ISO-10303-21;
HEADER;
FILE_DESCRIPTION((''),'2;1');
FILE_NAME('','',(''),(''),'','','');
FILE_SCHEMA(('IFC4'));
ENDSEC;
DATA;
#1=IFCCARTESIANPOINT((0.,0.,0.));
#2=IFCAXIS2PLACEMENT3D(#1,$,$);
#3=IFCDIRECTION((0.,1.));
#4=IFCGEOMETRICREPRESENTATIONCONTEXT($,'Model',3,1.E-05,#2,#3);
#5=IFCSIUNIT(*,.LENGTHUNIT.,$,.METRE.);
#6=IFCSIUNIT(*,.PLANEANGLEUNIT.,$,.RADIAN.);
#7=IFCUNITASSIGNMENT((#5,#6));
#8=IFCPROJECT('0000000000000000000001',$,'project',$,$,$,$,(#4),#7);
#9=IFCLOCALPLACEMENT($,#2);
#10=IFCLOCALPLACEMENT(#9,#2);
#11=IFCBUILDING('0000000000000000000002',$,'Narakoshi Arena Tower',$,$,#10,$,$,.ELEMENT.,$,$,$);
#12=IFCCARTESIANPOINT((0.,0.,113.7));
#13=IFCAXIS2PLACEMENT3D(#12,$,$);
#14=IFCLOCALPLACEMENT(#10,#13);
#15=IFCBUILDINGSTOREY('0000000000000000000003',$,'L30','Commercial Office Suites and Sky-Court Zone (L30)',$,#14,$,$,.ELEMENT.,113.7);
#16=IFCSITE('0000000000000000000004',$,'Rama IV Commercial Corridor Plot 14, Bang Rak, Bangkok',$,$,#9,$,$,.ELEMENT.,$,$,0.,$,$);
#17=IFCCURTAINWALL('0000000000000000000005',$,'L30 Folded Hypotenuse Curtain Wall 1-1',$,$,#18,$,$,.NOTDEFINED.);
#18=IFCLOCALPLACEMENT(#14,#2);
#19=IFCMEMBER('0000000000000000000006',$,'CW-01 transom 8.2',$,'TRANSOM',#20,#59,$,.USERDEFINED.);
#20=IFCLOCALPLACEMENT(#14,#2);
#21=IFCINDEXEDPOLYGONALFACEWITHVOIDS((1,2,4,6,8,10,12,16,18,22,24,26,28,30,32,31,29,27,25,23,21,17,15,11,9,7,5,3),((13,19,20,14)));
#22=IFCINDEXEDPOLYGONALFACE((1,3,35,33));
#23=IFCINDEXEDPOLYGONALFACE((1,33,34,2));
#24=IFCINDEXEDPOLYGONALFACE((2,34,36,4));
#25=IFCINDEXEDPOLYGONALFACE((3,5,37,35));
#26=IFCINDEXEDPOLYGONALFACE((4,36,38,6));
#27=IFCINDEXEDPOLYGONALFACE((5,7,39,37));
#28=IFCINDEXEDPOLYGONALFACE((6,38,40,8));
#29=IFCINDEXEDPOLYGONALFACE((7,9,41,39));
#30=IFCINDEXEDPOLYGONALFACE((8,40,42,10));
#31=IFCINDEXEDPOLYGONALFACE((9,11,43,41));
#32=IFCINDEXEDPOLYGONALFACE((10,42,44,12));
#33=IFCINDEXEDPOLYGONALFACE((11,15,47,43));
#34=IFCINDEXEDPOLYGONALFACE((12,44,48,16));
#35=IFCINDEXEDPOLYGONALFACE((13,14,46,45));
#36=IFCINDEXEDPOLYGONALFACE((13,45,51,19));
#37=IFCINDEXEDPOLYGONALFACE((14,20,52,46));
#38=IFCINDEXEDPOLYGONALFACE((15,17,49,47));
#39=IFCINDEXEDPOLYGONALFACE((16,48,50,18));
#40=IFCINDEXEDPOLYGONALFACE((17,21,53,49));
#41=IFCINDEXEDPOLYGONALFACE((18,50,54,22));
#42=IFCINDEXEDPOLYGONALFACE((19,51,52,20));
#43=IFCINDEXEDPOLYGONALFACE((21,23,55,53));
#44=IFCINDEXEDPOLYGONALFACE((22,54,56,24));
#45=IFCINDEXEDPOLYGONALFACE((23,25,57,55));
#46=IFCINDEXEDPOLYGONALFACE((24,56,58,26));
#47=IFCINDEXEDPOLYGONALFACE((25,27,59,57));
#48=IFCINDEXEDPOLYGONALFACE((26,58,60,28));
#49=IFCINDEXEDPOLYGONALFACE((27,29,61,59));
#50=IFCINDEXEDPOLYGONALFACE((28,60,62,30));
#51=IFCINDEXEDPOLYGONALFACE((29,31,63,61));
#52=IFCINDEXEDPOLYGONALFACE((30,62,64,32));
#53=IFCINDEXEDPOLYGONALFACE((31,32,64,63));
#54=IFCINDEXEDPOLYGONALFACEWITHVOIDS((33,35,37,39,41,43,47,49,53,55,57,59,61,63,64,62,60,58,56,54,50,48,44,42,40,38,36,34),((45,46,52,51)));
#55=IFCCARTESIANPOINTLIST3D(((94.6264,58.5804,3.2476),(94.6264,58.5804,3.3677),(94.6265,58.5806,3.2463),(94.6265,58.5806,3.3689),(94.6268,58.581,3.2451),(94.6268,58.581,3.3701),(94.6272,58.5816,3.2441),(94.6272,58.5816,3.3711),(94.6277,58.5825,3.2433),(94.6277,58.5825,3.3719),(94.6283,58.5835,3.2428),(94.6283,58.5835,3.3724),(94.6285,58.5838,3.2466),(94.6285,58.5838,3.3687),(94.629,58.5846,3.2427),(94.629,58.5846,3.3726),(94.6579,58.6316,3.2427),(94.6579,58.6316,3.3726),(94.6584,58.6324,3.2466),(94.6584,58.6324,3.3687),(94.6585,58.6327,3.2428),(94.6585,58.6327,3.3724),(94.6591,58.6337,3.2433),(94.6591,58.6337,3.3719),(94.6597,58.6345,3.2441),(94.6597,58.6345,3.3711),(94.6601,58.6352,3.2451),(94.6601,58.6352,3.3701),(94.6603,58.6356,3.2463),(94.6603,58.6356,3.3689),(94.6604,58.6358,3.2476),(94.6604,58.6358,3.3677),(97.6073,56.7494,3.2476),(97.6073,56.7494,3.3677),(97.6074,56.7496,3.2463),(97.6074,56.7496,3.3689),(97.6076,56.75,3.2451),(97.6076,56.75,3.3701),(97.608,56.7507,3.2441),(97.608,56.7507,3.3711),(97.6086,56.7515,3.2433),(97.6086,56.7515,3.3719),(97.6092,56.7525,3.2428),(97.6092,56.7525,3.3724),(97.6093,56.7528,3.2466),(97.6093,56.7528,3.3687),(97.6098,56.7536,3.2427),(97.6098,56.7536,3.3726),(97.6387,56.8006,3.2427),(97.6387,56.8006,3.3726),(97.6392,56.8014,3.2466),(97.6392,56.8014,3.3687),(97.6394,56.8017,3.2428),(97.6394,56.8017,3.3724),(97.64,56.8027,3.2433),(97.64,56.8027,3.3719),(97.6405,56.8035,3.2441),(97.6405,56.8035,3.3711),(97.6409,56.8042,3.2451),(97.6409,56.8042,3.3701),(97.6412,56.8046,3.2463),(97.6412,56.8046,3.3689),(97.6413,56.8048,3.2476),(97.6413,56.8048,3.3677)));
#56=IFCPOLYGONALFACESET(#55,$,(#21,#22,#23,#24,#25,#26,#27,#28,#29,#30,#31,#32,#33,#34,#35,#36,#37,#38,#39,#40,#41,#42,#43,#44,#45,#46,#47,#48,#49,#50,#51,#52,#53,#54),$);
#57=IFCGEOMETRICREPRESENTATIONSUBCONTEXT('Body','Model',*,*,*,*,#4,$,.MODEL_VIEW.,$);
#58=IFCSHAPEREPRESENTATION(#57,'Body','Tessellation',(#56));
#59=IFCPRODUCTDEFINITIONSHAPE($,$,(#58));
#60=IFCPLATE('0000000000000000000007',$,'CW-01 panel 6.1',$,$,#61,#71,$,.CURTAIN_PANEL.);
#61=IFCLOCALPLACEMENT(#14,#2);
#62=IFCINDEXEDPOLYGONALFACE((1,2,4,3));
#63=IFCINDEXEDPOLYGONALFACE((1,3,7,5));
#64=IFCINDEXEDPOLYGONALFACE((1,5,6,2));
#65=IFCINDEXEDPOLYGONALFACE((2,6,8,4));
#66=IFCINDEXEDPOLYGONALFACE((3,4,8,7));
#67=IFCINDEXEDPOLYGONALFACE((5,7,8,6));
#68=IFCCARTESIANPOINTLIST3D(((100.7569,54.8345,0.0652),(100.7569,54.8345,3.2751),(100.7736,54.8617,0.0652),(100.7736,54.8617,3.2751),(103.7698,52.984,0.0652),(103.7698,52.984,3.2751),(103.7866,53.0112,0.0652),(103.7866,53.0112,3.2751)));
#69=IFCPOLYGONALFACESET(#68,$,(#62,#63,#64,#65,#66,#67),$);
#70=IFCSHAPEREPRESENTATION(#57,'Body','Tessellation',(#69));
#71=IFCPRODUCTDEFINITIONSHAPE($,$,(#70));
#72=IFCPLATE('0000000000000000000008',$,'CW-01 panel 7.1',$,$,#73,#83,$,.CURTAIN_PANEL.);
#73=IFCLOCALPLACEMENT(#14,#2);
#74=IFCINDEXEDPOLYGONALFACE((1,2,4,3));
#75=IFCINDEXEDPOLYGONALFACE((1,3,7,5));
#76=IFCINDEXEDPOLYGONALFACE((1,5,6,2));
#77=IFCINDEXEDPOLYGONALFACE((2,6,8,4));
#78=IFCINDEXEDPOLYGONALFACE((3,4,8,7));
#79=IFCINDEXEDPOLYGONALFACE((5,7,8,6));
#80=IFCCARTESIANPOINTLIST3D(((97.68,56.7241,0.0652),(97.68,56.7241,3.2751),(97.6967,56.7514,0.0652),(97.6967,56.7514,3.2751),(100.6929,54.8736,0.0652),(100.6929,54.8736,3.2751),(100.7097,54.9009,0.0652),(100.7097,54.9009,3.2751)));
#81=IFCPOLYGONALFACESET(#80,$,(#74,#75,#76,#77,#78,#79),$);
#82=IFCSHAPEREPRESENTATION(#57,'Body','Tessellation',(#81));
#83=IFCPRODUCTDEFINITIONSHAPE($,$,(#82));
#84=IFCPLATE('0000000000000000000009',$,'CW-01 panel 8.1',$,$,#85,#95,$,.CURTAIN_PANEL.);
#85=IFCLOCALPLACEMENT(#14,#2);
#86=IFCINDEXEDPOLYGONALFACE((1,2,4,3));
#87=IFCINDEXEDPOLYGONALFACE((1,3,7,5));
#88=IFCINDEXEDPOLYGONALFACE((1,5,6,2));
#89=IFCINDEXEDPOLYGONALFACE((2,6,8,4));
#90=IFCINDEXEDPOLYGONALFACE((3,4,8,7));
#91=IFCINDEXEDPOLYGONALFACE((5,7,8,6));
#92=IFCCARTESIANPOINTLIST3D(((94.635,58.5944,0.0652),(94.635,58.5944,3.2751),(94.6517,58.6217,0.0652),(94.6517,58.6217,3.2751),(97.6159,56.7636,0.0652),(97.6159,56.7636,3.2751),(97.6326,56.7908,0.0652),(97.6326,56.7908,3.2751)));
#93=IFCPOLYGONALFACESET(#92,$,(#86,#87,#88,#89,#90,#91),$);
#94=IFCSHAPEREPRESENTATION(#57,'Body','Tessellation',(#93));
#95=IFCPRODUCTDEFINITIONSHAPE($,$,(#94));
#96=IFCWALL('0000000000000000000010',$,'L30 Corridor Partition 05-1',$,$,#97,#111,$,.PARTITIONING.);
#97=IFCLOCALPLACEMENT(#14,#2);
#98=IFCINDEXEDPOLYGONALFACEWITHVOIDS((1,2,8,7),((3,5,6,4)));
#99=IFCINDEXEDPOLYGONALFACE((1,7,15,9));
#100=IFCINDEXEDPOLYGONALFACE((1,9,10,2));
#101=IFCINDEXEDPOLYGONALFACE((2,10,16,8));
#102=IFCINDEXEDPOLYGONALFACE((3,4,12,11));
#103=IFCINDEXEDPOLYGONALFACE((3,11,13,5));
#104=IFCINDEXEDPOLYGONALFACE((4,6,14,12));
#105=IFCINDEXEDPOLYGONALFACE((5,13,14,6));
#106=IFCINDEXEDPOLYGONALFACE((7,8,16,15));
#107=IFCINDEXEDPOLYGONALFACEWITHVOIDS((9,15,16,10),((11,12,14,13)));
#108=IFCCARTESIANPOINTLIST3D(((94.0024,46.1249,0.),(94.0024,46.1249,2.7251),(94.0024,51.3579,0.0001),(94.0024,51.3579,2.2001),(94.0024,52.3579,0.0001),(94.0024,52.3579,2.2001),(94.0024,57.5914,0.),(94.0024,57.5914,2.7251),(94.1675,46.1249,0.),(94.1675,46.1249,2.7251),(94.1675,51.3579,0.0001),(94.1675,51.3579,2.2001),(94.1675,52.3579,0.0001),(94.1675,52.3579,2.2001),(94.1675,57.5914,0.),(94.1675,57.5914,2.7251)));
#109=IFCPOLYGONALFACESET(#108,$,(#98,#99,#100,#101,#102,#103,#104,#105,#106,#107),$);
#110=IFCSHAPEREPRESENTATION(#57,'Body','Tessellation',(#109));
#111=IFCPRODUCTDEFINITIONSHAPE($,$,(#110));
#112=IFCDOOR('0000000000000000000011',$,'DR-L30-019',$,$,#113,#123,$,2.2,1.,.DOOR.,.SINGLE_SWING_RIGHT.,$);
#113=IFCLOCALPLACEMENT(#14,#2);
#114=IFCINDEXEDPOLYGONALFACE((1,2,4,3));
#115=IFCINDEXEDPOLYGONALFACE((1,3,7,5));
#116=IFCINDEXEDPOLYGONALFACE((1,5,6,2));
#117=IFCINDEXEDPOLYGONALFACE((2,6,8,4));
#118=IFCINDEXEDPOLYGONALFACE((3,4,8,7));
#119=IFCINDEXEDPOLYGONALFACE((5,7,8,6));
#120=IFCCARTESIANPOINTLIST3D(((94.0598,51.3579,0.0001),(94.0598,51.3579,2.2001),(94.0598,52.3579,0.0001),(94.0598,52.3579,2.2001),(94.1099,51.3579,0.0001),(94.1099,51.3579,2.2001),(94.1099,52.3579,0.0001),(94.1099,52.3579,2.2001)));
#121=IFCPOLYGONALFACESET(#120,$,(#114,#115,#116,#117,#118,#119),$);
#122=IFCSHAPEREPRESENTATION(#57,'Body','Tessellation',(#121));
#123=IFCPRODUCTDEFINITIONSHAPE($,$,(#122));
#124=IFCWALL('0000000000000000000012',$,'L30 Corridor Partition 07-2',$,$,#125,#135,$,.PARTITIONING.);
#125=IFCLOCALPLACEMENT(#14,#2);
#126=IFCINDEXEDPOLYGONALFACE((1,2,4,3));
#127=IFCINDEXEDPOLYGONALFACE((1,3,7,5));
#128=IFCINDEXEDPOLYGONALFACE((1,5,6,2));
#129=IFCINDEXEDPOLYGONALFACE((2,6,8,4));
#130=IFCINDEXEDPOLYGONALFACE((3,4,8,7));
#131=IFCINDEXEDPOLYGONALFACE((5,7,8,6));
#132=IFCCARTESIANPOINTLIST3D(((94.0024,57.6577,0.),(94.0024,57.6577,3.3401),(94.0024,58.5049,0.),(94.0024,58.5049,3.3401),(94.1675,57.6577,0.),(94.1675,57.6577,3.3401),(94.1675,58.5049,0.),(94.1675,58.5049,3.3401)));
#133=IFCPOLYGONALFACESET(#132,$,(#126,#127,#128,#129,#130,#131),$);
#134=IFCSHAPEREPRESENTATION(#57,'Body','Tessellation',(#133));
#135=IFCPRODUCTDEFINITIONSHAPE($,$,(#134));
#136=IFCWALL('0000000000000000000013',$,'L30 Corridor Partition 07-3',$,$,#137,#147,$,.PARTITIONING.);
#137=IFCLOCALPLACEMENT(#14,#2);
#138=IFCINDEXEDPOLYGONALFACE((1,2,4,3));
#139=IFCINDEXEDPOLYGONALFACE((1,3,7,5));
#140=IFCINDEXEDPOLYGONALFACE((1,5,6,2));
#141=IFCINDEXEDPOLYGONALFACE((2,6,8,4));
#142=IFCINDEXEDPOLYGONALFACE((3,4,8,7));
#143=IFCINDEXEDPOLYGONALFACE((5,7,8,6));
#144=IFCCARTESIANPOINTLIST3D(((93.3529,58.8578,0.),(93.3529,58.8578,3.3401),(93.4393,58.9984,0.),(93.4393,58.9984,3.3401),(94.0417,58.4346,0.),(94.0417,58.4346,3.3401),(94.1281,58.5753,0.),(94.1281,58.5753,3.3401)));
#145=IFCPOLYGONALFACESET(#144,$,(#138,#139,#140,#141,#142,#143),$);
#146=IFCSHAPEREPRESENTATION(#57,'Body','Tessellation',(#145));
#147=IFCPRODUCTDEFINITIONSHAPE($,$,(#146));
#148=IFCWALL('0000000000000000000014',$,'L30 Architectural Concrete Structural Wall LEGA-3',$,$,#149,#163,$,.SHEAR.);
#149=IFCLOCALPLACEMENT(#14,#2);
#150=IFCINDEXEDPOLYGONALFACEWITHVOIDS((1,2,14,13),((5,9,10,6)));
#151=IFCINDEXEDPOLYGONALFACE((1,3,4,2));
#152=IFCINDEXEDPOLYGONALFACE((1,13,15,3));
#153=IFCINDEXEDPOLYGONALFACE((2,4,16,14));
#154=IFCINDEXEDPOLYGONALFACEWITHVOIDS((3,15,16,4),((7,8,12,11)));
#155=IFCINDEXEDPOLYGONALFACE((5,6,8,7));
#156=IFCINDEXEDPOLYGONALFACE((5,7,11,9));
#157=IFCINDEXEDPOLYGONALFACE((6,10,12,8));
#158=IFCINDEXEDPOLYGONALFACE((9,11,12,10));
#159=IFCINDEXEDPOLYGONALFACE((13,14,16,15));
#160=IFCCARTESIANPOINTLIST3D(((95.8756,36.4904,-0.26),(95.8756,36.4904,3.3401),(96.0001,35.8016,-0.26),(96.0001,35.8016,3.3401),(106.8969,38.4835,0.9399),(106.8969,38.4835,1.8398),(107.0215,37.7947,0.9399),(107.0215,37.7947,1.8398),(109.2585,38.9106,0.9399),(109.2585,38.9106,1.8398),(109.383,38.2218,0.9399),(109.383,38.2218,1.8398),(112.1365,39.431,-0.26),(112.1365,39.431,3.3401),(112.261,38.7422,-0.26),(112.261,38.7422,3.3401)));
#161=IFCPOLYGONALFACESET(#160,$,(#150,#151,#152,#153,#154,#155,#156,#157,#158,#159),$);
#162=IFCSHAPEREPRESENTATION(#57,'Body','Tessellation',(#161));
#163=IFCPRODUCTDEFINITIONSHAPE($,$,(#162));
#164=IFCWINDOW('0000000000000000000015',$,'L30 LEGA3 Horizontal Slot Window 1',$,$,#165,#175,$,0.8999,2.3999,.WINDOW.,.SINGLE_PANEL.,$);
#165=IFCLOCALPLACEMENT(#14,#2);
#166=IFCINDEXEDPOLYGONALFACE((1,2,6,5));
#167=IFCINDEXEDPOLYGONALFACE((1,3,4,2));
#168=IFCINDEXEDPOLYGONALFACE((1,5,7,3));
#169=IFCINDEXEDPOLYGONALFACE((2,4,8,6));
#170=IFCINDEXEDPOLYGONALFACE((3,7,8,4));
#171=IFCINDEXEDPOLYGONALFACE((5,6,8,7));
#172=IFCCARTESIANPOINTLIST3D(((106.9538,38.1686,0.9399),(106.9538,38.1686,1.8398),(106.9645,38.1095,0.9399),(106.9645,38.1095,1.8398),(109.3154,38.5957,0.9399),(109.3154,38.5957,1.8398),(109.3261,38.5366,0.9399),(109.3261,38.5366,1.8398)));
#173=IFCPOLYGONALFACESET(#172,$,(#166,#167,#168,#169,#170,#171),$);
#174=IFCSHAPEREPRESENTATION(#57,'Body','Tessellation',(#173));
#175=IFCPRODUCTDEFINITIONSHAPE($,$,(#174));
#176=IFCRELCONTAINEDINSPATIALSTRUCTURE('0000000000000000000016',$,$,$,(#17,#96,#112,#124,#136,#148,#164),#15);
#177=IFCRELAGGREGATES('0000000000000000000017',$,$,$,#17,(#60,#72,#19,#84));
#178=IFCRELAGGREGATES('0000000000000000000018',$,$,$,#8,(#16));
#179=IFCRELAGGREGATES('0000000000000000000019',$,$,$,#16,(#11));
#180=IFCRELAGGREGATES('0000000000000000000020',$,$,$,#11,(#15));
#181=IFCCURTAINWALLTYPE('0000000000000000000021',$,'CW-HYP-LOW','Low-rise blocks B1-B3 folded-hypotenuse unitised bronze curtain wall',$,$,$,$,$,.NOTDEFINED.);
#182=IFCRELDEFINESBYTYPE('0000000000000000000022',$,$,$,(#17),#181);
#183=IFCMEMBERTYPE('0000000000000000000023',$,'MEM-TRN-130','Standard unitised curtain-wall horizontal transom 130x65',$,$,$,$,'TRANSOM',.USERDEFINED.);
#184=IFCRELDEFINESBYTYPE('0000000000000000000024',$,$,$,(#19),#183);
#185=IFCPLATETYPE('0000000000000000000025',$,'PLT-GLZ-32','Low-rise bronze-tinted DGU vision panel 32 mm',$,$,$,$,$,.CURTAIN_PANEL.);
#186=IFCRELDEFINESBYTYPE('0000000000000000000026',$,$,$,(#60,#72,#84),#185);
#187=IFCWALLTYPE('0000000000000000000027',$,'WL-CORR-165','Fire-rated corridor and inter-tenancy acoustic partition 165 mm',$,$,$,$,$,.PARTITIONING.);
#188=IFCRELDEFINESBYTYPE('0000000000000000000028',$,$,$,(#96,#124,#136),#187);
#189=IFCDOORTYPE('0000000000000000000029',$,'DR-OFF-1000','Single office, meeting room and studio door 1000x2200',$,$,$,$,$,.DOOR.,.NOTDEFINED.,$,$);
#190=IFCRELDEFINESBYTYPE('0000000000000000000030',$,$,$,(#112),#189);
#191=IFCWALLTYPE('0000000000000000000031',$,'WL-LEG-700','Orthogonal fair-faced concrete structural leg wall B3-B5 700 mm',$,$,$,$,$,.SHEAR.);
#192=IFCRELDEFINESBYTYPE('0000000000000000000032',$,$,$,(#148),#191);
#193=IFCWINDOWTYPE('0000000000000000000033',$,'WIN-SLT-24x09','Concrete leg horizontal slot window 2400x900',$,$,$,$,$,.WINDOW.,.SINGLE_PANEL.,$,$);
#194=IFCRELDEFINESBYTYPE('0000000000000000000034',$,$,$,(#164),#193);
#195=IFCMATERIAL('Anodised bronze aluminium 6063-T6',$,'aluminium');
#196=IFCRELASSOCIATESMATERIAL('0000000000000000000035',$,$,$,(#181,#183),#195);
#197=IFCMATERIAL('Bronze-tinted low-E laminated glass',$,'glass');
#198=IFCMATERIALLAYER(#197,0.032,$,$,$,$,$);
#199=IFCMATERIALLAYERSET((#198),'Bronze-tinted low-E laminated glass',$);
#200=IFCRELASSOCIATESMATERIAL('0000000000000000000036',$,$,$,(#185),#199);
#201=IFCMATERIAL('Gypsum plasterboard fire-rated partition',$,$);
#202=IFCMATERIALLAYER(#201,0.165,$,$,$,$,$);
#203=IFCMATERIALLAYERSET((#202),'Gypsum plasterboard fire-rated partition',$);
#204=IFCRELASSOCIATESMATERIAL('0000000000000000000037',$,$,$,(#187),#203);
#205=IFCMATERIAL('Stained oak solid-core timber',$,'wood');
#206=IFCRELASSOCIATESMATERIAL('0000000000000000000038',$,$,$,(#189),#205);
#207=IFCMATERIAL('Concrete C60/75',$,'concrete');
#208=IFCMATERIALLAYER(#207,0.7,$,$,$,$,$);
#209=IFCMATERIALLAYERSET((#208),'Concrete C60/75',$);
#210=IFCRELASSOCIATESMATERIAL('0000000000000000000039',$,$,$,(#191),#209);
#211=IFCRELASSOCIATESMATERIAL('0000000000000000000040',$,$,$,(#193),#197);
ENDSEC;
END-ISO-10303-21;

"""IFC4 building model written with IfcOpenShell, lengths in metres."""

from ifc_helpers import new_model, si_unit, direction, frame, frame_2d, origin, origin_2d, place, context, subcontext, project, spatial, rectangle, hollow_rectangle, extrude, material, layer, layer_set, material_profile, profile_set, type_object, element, fill, aggregate, save


model = new_model("IFC4")

# Units and contexts
model_context = context("Model", 3, precision=1e-05, world=origin(), true_north=direction((0.0, 1.0)))
body_context = subcontext(model_context, "Body", "Model", "MODEL_VIEW")
ifc_project = project(units=[si_unit("LENGTHUNIT", "METRE"), si_unit("PLANEANGLEUNIT", "RADIAN")], contexts=[model_context])

# Site, building, storey
site_placement = place(None, origin())
site = spatial("IfcSite", under=ifc_project, at=site_placement, Name="Rama IV Commercial Corridor Plot 14, Bang Rak, Bangkok", CompositionType="ELEMENT", RefElevation=0.0)
building_placement = place(site_placement, origin())
building = spatial("IfcBuilding", under=site, at=building_placement, Name="Narakoshi Arena Tower", CompositionType="ELEMENT")
storey_placement = place(building_placement, frame((0.0, 0.0, 113.7)))
storey = spatial("IfcBuildingStorey", under=building, at=storey_placement, Name="L30", Description="Commercial Office Suites and Sky-Court Zone (L30)", CompositionType="ELEMENT", Elevation=113.7)

# Shared definitions
ifc_material_1 = material(Name="Concrete C60/75", Category="concrete")

# Curtain wall, member, plates
ifc_material_2 = material(Name="Anodised bronze aluminium 6063-T6", Category="aluminium")
curtain_wall_type = type_object("IfcCurtainWallType", Name="CW-HYP-LOW", Description="Low-rise blocks B1-B3 folded-hypotenuse unitised bronze curtain wall", PredefinedType="NOTDEFINED", material=ifc_material_2)
curtain_wall_placement = place(storey_placement, origin())
curtain_wall = element("IfcCurtainWall", 1, at=curtain_wall_placement, inside=storey, type_object=curtain_wall_type, Name="L30 Folded Hypotenuse Curtain Wall 1-1", PredefinedType="NOTDEFINED")
ifc_material_profile_1 = material_profile(ifc_material_2, hollow_rectangle(XDim=0.0649, YDim=0.1299, WallThickness=0.0039, OuterFilletRadius=0.0049, at=origin_2d()), Name="TRN130x65x4")
ifc_profile_set_1 = profile_set([ifc_material_profile_1], Name="Anodised bronze aluminium 6063-T6")
member_type_1 = type_object("IfcMemberType", Name="MEM-TRN-130", Description="Standard unitised curtain-wall horizontal transom 130x65", ElementType="TRANSOM", PredefinedType="USERDEFINED", material=ifc_profile_set_1)
member_1_placement = place(storey_placement, frame((97.6243, 56.7771, 3.3076), z_axis=(-0.852089, 0.523396, 0.0), x_axis=(-0.523396, -0.852089, 0.0)))
member_1 = element("IfcMember", 2, at=member_1_placement, type_object=member_type_1, Name="CW-01 transom 8.2", ObjectType="TRANSOM", PredefinedType="USERDEFINED", context=body_context, shape_type="SweptSolid", body=[
    extrude(hollow_rectangle(XDim=0.0649, YDim=0.1299, WallThickness=0.0039, OuterFilletRadius=0.0049, at=origin_2d()), origin(), (0.0, 0.0, 1.0), 3.4983),
])
ifc_material_3 = material(Name="Bronze-tinted low-E laminated glass", Category="glass")
ifc_layer_1 = layer(ifc_material_3, 0.032)
ifc_layer_set_1 = layer_set([ifc_layer_1], Name="Bronze-tinted low-E laminated glass")
plate_type = type_object("IfcPlateType", Name="PLT-GLZ-32", Description="Low-rise bronze-tinted DGU vision panel 32 mm", PredefinedType="CURTAIN_PANEL", material=ifc_layer_set_1)
plate_1_placement = place(storey_placement, frame((102.2717, 53.9229, 0.0652), z_axis=(0.0, 0.0, 1.0), x_axis=(-0.852113, 0.523358, 0.0)))
plate_1 = element("IfcPlate", 3, at=plate_1_placement, type_object=plate_type, Name="CW-01 panel 6.1", PredefinedType="CURTAIN_PANEL", context=body_context, shape_type="SweptSolid", body=[
    extrude(rectangle(XDim=3.5359, YDim=0.032, at=origin_2d()), origin(), (0.0, 0.0, 1.0), 3.21),
])
plate_2_placement = place(storey_placement, frame((99.1948, 55.8125, 0.0652), z_axis=(0.0, 0.0, 1.0), x_axis=(-0.852113, 0.523358, 0.0)))
plate_2 = element("IfcPlate", 4, at=plate_2_placement, type_object=plate_type, Name="CW-01 panel 7.1", PredefinedType="CURTAIN_PANEL", context=body_context, shape_type="SweptSolid", body=[
    extrude(rectangle(XDim=3.5359, YDim=0.032, at=origin_2d()), origin(), (0.0, 0.0, 1.0), 3.21),
])
plate_3_placement = place(storey_placement, frame((96.1338, 57.6926, 0.0652), z_axis=(0.0, 0.0, 1.0), x_axis=(-0.852113, 0.523358, 0.0)))
plate_3 = element("IfcPlate", 5, at=plate_3_placement, type_object=plate_type, Name="CW-01 panel 8.1", PredefinedType="CURTAIN_PANEL", context=body_context, shape_type="SweptSolid", body=[
    extrude(rectangle(XDim=3.4983, YDim=0.032, at=origin_2d()), origin(), (0.0, 0.0, 1.0), 3.21),
])
aggregate(curtain_wall, [plate_1, plate_2, member_1, plate_3])

# Wall, opening, door
ifc_material_4 = material(Name="Gypsum plasterboard fire-rated partition")
ifc_layer_2 = layer(ifc_material_4, 0.165)
ifc_layer_set_2 = layer_set([ifc_layer_2], Name="Gypsum plasterboard fire-rated partition")
wall_type_1 = type_object("IfcWallType", Name="WL-CORR-165", Description="Fire-rated corridor and inter-tenancy acoustic partition 165 mm", PredefinedType="PARTITIONING", material=ifc_layer_set_2)
wall_1_placement = place(storey_placement, frame((94.085, 46.1248, 0.0), z_axis=(0.0, 0.0, 1.0), x_axis=(0.0, 1.0, 0.0)))
wall_1 = element("IfcWall", 6, at=wall_1_placement, inside=storey, type_object=wall_type_1, Name="L30 Corridor Partition 05-1", PredefinedType="PARTITIONING", context=body_context, shape_type="SweptSolid", body=[
    extrude(rectangle(XDim=11.4666, YDim=0.165, at=frame_2d((5.7334, 0.0))), origin(), (0.0, 0.0, 1.0), 2.7251),
])
opening_1_placement = place(wall_1_placement, frame((5.2332, 0.0, 0.0)))
opening_1 = element("IfcOpeningElement", 7, at=opening_1_placement, cuts=wall_1, PredefinedType="OPENING", context=body_context, shape_type="SweptSolid", body=[
    extrude(rectangle(XDim=1.0, YDim=2.2, at=frame_2d((0.5, 1.1001))), frame((0.0, 0.0925, 0.0), z_axis=(0.0, -1.0, 0.0), x_axis=(1.0, 0.0, 0.0)), (0.0, 0.0, 1.0), 0.1851),
])
ifc_material_5 = material(Name="Stained oak solid-core timber", Category="wood")
door_type = type_object("IfcDoorType", Name="DR-OFF-1000", Description="Single office, meeting room and studio door 1000x2200", OperationType="NOTDEFINED", PredefinedType="DOOR", material=ifc_material_5)
door_placement = place(opening_1_placement, frame((1.0, 0.0, 0.0), z_axis=(0.0, 0.0, 1.0), x_axis=(-1.0, 0.0, 0.0)))
door = element("IfcDoor", 8, at=door_placement, inside=storey, type_object=door_type, Name="DR-L30-019", OperationType="SINGLE_SWING_RIGHT", OverallHeight=2.2, OverallWidth=1.0, PredefinedType="DOOR", context=body_context, shape_type="SweptSolid", body=[
    extrude(rectangle(XDim=1.0, YDim=2.2, at=frame_2d((0.5, 1.1001))), frame((0.0, 0.0249, 0.0), z_axis=(0.0, -1.0, 0.0), x_axis=(1.0, 0.0, 0.0)), (0.0, 0.0, 1.0), 0.05),
])
fill(opening_1, door)

# Walls
wall_2_placement = place(storey_placement, frame((94.085, 57.6577, 0.0), z_axis=(0.0, 0.0, 1.0), x_axis=(0.0, 1.0, 0.0)))
element("IfcWall", 9, at=wall_2_placement, inside=storey, type_object=wall_type_1, Name="L30 Corridor Partition 07-2", PredefinedType="PARTITIONING", context=body_context, shape_type="SweptSolid", body=[
    extrude(rectangle(XDim=0.8472, YDim=0.165, at=frame_2d((0.4236, 0.0))), origin(), (0.0, 0.0, 1.0), 3.3401),
])
wall_3_placement = place(storey_placement, frame((94.085, 58.5049, 0.0), z_axis=(0.0, 0.0, 1.0), x_axis=(-0.852063, 0.52344, 0.0)))
element("IfcWall", 10, at=wall_3_placement, inside=storey, type_object=wall_type_1, Name="L30 Corridor Partition 07-3", PredefinedType="PARTITIONING", context=body_context, shape_type="SweptSolid", body=[
    extrude(rectangle(XDim=0.8083, YDim=0.165, at=frame_2d((0.4043, 0.0))), origin(), (0.0, 0.0, 1.0), 3.3401),
])

# Wall, opening, window
ifc_layer_3 = layer(ifc_material_1, 0.7)
ifc_layer_set_3 = layer_set([ifc_layer_3], Name="Concrete C60/75")
wall_type_2 = type_object("IfcWallType", Name="WL-LEG-700", Description="Orthogonal fair-faced concrete structural leg wall B3-B5 700 mm", PredefinedType="SHEAR", material=ifc_layer_set_3)
wall_4_placement = place(storey_placement, frame((95.938, 36.146, -0.26), z_axis=(0.0, 0.0, 1.0), x_axis=(0.984038, 0.177956, 0.0)))
wall_4 = element("IfcWall", 11, at=wall_4_placement, inside=storey, type_object=wall_type_2, Name="L30 Architectural Concrete Structural Wall LEGA-3", PredefinedType="SHEAR", context=body_context, shape_type="SweptSolid", body=[
    extrude(rectangle(XDim=16.5247, YDim=0.7, at=frame_2d((8.2622, 0.0))), origin(), (0.0, 0.0, 1.0), 3.6001),
])
opening_2_placement = place(wall_4_placement, frame((11.2, 0.0, 1.2)))
opening_2 = element("IfcOpeningElement", 12, at=opening_2_placement, cuts=wall_4, PredefinedType="OPENING", context=body_context, shape_type="SweptSolid", body=[
    extrude(rectangle(XDim=2.3999, YDim=0.8999, at=frame_2d((1.2, 0.45))), frame((0.0, 0.3599, 0.0), z_axis=(0.0, -1.0, 0.0), x_axis=(1.0, 0.0, 0.0)), (0.0, 0.0, 1.0), 0.72),
])
window_type = type_object("IfcWindowType", Name="WIN-SLT-24x09", Description="Concrete leg horizontal slot window 2400x900", PartitioningType="SINGLE_PANEL", PredefinedType="WINDOW", material=ifc_material_3)
window_placement = place(opening_2_placement, origin())
window = element("IfcWindow", 13, at=window_placement, inside=storey, type_object=window_type, Name="L30 LEGA3 Horizontal Slot Window 1", OverallHeight=0.8999, OverallWidth=2.3999, PartitioningType="SINGLE_PANEL", PredefinedType="WINDOW", context=body_context, shape_type="SweptSolid", body=[
    extrude(rectangle(XDim=2.3999, YDim=0.8999, at=frame_2d((1.2, 0.45))), frame((0.0, 0.03, 0.0), z_axis=(0.0, -1.0, 0.0), x_axis=(1.0, 0.0, 0.0)), (0.0, 0.0, 1.0), 0.0601),
])
fill(opening_2, window)

save(model, "model.ifc")
